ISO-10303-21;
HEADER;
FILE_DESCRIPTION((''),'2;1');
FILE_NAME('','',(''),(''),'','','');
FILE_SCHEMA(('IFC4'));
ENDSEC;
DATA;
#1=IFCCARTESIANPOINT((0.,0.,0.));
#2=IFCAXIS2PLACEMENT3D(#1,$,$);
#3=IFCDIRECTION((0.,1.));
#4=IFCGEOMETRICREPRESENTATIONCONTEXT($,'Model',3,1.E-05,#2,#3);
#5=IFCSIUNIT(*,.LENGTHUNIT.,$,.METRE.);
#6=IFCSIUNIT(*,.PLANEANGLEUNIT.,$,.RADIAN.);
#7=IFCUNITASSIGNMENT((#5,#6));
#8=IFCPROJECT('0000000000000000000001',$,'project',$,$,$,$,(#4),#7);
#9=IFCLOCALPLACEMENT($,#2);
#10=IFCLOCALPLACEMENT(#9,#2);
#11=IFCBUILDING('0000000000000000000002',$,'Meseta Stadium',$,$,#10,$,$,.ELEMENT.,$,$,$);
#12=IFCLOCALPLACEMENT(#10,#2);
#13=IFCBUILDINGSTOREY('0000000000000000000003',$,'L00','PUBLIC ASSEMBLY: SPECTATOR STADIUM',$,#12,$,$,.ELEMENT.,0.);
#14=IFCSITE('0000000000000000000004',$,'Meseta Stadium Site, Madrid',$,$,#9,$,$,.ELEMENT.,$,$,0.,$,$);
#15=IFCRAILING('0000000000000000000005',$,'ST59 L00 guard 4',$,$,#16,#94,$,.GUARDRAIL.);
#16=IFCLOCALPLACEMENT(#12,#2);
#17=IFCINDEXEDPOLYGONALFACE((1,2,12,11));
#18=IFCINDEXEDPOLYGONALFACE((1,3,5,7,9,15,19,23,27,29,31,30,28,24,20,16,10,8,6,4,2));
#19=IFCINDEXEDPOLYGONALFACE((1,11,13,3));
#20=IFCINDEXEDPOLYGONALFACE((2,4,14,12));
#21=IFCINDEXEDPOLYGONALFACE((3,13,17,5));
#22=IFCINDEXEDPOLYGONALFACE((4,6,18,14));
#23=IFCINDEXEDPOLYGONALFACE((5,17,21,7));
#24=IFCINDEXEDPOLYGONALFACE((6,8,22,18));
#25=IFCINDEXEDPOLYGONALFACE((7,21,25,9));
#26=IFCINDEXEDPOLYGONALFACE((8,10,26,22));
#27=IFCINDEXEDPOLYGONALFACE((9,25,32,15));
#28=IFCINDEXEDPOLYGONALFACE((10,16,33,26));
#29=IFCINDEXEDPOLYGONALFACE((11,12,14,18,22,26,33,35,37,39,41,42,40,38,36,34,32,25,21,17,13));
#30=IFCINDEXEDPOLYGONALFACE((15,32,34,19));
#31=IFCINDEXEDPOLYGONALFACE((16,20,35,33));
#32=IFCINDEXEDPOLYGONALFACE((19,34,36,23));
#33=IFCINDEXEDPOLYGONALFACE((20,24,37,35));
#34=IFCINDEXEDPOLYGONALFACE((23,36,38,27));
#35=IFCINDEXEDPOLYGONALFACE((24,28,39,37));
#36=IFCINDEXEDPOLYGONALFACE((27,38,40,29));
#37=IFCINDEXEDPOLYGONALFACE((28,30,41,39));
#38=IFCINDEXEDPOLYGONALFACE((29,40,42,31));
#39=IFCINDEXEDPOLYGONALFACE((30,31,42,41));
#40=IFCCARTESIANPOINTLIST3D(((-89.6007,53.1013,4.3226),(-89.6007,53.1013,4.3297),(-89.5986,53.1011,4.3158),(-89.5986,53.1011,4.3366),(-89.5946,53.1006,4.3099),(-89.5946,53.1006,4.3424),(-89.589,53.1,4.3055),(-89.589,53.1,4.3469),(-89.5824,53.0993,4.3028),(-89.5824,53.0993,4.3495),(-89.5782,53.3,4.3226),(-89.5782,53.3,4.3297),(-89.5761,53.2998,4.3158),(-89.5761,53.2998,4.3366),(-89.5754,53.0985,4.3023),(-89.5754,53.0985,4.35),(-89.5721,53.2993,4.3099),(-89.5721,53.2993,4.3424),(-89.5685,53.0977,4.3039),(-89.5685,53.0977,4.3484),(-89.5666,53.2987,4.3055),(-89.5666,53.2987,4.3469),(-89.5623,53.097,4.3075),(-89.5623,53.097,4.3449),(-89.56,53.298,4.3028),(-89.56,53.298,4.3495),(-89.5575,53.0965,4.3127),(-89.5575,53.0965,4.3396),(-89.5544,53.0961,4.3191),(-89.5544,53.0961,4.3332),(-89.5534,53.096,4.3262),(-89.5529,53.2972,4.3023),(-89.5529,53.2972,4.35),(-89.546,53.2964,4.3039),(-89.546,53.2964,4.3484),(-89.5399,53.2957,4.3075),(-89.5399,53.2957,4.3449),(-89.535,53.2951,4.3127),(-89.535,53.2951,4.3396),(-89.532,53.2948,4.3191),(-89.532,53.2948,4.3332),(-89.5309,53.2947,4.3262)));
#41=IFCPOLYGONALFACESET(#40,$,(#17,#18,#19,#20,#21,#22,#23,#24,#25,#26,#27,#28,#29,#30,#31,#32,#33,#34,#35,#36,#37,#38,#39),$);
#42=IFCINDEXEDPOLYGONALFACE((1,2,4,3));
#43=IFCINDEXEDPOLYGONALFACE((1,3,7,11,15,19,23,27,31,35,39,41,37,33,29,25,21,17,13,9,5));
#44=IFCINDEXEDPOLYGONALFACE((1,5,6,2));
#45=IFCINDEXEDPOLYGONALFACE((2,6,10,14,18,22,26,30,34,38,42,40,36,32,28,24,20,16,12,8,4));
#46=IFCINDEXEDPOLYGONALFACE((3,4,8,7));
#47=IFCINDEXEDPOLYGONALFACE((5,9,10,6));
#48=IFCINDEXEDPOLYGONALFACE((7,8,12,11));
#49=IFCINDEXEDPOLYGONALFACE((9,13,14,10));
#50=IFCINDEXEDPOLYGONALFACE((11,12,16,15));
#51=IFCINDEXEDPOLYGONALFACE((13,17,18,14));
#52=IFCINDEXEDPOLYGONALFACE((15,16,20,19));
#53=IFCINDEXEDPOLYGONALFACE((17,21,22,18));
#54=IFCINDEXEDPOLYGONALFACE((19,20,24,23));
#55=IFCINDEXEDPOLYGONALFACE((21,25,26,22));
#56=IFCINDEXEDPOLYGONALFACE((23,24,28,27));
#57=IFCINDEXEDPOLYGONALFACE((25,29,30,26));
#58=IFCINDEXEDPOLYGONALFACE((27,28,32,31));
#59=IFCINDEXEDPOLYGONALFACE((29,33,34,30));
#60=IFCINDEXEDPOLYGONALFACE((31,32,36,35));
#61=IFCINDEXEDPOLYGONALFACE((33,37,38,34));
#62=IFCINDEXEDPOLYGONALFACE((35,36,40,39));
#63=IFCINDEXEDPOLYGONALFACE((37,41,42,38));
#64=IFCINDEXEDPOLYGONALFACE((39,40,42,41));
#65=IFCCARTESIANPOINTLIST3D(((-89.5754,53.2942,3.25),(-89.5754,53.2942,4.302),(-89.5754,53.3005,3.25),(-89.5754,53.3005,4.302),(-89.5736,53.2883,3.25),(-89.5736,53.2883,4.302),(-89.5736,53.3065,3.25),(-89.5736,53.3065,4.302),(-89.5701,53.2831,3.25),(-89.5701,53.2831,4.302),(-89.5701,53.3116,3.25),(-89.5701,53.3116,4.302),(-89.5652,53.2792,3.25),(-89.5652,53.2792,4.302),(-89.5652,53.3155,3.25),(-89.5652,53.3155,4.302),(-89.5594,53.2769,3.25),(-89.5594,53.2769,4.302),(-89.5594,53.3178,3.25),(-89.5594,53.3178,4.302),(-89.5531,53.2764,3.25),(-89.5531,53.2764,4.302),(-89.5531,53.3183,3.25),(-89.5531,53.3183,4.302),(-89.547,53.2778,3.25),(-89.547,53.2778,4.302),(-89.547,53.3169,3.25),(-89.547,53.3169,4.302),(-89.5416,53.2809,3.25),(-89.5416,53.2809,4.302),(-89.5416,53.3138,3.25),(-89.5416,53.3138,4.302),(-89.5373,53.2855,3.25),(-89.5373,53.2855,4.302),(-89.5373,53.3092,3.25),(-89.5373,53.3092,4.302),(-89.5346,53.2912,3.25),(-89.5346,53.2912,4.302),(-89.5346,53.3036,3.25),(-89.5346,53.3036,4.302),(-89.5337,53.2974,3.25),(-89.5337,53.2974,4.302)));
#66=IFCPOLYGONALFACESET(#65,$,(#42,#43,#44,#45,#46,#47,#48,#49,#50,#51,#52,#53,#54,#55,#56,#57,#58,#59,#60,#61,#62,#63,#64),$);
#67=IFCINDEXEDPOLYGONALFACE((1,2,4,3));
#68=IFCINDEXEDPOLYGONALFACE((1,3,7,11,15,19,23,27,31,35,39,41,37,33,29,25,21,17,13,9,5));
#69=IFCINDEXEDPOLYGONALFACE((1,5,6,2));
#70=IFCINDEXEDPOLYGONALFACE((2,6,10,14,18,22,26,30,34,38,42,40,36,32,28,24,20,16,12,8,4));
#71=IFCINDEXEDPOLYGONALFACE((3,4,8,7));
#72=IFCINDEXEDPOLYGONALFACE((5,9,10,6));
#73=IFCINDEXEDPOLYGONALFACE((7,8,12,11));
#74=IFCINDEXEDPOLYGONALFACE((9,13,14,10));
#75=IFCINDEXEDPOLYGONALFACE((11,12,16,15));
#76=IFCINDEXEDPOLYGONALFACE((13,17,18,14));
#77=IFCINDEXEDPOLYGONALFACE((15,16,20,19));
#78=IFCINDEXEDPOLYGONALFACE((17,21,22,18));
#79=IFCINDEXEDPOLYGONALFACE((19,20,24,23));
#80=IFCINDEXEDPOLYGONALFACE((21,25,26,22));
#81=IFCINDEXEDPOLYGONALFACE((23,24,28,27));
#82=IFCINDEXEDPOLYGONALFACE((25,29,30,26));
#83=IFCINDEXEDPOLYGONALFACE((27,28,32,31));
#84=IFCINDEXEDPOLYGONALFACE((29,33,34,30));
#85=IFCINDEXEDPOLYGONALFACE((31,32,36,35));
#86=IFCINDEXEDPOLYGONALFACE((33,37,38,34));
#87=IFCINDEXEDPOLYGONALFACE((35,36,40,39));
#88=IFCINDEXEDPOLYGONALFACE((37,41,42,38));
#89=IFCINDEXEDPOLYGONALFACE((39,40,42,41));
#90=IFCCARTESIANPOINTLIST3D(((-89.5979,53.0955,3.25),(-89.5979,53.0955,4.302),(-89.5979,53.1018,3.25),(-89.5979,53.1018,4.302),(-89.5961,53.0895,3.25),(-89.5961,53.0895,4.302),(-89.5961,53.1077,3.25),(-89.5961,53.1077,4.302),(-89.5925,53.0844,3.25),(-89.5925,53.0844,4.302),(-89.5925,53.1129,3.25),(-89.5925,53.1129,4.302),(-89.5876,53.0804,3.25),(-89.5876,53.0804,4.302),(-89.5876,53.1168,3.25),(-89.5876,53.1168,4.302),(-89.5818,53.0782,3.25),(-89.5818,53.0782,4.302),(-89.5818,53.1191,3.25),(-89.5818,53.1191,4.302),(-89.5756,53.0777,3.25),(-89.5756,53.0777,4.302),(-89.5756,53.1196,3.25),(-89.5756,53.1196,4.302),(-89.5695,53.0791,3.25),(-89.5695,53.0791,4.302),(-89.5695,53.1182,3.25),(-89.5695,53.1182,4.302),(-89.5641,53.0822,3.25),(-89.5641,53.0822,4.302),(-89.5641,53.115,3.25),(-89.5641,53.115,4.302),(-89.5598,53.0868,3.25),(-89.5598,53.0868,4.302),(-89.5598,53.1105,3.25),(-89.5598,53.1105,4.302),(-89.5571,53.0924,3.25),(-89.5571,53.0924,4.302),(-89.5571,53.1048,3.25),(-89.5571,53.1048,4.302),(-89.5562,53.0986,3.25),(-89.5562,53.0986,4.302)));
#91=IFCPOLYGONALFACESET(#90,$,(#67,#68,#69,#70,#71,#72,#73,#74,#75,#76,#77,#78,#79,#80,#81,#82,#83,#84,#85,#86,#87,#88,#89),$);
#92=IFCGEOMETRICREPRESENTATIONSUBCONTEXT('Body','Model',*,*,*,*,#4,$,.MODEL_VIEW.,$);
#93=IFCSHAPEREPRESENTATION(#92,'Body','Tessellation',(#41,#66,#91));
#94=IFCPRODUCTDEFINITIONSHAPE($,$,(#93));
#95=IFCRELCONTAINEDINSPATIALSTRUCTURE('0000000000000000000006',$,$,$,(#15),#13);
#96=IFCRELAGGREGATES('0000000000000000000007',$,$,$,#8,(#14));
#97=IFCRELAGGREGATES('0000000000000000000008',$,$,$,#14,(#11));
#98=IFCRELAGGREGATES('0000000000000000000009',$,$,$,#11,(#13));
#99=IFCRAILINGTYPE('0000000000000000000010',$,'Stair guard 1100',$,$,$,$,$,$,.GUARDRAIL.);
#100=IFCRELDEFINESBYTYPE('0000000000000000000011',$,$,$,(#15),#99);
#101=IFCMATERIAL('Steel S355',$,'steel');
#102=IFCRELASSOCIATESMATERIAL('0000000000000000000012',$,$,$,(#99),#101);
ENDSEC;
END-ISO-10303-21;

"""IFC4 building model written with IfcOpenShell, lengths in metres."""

from ifc_helpers import new_model, si_unit, direction, frame, origin, origin_2d, place, context, subcontext, project, spatial, circle, extrude, material, type_object, element, save


model = new_model("IFC4")

# Units and contexts
model_context = context("Model", 3, precision=1e-05, world=origin(), true_north=direction((0.0, 1.0)))
body_context = subcontext(model_context, "Body", "Model", "MODEL_VIEW")
ifc_project = project(units=[si_unit("LENGTHUNIT", "METRE"), si_unit("PLANEANGLEUNIT", "RADIAN")], contexts=[model_context])

# Site, building, storey
site_placement = place(None, origin())
site = spatial("IfcSite", under=ifc_project, at=site_placement, Name="Meseta Stadium Site, Madrid", CompositionType="ELEMENT", RefElevation=0.0)
building_placement = place(site_placement, origin())
building = spatial("IfcBuilding", under=site, at=building_placement, Name="Meseta Stadium", CompositionType="ELEMENT")
storey_placement = place(building_placement, origin())
storey = spatial("IfcBuildingStorey", under=building, at=storey_placement, Name="L00", Description="PUBLIC ASSEMBLY: SPECTATOR STADIUM", CompositionType="ELEMENT", Elevation=0.0)

# Railing
ifc_material_1 = material(Name="Steel S355", Category="steel")
railing_type_1 = type_object("IfcRailingType", Name="Stair guard 1100", PredefinedType="GUARDRAIL", material=ifc_material_1)
railing_1_placement = place(storey_placement, frame((-89.5547, 53.2974, 3.25)))
element("IfcRailing", 1, at=railing_1_placement, inside=storey, type_object=railing_type_1, Name="ST59 L00 guard 4", PredefinedType="GUARDRAIL", context=body_context, shape_type="SweptSolid", body=[
    extrude(circle(Radius=0.0239, at=origin_2d()), frame((0.0, 0.0, 1.0762), z_axis=(-0.112307, -0.993674, 0.0), x_axis=(0.993674, -0.112307, 0.0)), (0.0, 0.0, 1.0), 0.2),
    extrude(circle(Radius=0.021, at=origin_2d()), origin(), (0.0, 0.0, 1.0), 1.052),
    extrude(circle(Radius=0.021, at=origin_2d()), frame((-0.0225, -0.1987, 0.0)), (0.0, 0.0, 1.0), 1.052),
])

save(model, "model.ifc")
